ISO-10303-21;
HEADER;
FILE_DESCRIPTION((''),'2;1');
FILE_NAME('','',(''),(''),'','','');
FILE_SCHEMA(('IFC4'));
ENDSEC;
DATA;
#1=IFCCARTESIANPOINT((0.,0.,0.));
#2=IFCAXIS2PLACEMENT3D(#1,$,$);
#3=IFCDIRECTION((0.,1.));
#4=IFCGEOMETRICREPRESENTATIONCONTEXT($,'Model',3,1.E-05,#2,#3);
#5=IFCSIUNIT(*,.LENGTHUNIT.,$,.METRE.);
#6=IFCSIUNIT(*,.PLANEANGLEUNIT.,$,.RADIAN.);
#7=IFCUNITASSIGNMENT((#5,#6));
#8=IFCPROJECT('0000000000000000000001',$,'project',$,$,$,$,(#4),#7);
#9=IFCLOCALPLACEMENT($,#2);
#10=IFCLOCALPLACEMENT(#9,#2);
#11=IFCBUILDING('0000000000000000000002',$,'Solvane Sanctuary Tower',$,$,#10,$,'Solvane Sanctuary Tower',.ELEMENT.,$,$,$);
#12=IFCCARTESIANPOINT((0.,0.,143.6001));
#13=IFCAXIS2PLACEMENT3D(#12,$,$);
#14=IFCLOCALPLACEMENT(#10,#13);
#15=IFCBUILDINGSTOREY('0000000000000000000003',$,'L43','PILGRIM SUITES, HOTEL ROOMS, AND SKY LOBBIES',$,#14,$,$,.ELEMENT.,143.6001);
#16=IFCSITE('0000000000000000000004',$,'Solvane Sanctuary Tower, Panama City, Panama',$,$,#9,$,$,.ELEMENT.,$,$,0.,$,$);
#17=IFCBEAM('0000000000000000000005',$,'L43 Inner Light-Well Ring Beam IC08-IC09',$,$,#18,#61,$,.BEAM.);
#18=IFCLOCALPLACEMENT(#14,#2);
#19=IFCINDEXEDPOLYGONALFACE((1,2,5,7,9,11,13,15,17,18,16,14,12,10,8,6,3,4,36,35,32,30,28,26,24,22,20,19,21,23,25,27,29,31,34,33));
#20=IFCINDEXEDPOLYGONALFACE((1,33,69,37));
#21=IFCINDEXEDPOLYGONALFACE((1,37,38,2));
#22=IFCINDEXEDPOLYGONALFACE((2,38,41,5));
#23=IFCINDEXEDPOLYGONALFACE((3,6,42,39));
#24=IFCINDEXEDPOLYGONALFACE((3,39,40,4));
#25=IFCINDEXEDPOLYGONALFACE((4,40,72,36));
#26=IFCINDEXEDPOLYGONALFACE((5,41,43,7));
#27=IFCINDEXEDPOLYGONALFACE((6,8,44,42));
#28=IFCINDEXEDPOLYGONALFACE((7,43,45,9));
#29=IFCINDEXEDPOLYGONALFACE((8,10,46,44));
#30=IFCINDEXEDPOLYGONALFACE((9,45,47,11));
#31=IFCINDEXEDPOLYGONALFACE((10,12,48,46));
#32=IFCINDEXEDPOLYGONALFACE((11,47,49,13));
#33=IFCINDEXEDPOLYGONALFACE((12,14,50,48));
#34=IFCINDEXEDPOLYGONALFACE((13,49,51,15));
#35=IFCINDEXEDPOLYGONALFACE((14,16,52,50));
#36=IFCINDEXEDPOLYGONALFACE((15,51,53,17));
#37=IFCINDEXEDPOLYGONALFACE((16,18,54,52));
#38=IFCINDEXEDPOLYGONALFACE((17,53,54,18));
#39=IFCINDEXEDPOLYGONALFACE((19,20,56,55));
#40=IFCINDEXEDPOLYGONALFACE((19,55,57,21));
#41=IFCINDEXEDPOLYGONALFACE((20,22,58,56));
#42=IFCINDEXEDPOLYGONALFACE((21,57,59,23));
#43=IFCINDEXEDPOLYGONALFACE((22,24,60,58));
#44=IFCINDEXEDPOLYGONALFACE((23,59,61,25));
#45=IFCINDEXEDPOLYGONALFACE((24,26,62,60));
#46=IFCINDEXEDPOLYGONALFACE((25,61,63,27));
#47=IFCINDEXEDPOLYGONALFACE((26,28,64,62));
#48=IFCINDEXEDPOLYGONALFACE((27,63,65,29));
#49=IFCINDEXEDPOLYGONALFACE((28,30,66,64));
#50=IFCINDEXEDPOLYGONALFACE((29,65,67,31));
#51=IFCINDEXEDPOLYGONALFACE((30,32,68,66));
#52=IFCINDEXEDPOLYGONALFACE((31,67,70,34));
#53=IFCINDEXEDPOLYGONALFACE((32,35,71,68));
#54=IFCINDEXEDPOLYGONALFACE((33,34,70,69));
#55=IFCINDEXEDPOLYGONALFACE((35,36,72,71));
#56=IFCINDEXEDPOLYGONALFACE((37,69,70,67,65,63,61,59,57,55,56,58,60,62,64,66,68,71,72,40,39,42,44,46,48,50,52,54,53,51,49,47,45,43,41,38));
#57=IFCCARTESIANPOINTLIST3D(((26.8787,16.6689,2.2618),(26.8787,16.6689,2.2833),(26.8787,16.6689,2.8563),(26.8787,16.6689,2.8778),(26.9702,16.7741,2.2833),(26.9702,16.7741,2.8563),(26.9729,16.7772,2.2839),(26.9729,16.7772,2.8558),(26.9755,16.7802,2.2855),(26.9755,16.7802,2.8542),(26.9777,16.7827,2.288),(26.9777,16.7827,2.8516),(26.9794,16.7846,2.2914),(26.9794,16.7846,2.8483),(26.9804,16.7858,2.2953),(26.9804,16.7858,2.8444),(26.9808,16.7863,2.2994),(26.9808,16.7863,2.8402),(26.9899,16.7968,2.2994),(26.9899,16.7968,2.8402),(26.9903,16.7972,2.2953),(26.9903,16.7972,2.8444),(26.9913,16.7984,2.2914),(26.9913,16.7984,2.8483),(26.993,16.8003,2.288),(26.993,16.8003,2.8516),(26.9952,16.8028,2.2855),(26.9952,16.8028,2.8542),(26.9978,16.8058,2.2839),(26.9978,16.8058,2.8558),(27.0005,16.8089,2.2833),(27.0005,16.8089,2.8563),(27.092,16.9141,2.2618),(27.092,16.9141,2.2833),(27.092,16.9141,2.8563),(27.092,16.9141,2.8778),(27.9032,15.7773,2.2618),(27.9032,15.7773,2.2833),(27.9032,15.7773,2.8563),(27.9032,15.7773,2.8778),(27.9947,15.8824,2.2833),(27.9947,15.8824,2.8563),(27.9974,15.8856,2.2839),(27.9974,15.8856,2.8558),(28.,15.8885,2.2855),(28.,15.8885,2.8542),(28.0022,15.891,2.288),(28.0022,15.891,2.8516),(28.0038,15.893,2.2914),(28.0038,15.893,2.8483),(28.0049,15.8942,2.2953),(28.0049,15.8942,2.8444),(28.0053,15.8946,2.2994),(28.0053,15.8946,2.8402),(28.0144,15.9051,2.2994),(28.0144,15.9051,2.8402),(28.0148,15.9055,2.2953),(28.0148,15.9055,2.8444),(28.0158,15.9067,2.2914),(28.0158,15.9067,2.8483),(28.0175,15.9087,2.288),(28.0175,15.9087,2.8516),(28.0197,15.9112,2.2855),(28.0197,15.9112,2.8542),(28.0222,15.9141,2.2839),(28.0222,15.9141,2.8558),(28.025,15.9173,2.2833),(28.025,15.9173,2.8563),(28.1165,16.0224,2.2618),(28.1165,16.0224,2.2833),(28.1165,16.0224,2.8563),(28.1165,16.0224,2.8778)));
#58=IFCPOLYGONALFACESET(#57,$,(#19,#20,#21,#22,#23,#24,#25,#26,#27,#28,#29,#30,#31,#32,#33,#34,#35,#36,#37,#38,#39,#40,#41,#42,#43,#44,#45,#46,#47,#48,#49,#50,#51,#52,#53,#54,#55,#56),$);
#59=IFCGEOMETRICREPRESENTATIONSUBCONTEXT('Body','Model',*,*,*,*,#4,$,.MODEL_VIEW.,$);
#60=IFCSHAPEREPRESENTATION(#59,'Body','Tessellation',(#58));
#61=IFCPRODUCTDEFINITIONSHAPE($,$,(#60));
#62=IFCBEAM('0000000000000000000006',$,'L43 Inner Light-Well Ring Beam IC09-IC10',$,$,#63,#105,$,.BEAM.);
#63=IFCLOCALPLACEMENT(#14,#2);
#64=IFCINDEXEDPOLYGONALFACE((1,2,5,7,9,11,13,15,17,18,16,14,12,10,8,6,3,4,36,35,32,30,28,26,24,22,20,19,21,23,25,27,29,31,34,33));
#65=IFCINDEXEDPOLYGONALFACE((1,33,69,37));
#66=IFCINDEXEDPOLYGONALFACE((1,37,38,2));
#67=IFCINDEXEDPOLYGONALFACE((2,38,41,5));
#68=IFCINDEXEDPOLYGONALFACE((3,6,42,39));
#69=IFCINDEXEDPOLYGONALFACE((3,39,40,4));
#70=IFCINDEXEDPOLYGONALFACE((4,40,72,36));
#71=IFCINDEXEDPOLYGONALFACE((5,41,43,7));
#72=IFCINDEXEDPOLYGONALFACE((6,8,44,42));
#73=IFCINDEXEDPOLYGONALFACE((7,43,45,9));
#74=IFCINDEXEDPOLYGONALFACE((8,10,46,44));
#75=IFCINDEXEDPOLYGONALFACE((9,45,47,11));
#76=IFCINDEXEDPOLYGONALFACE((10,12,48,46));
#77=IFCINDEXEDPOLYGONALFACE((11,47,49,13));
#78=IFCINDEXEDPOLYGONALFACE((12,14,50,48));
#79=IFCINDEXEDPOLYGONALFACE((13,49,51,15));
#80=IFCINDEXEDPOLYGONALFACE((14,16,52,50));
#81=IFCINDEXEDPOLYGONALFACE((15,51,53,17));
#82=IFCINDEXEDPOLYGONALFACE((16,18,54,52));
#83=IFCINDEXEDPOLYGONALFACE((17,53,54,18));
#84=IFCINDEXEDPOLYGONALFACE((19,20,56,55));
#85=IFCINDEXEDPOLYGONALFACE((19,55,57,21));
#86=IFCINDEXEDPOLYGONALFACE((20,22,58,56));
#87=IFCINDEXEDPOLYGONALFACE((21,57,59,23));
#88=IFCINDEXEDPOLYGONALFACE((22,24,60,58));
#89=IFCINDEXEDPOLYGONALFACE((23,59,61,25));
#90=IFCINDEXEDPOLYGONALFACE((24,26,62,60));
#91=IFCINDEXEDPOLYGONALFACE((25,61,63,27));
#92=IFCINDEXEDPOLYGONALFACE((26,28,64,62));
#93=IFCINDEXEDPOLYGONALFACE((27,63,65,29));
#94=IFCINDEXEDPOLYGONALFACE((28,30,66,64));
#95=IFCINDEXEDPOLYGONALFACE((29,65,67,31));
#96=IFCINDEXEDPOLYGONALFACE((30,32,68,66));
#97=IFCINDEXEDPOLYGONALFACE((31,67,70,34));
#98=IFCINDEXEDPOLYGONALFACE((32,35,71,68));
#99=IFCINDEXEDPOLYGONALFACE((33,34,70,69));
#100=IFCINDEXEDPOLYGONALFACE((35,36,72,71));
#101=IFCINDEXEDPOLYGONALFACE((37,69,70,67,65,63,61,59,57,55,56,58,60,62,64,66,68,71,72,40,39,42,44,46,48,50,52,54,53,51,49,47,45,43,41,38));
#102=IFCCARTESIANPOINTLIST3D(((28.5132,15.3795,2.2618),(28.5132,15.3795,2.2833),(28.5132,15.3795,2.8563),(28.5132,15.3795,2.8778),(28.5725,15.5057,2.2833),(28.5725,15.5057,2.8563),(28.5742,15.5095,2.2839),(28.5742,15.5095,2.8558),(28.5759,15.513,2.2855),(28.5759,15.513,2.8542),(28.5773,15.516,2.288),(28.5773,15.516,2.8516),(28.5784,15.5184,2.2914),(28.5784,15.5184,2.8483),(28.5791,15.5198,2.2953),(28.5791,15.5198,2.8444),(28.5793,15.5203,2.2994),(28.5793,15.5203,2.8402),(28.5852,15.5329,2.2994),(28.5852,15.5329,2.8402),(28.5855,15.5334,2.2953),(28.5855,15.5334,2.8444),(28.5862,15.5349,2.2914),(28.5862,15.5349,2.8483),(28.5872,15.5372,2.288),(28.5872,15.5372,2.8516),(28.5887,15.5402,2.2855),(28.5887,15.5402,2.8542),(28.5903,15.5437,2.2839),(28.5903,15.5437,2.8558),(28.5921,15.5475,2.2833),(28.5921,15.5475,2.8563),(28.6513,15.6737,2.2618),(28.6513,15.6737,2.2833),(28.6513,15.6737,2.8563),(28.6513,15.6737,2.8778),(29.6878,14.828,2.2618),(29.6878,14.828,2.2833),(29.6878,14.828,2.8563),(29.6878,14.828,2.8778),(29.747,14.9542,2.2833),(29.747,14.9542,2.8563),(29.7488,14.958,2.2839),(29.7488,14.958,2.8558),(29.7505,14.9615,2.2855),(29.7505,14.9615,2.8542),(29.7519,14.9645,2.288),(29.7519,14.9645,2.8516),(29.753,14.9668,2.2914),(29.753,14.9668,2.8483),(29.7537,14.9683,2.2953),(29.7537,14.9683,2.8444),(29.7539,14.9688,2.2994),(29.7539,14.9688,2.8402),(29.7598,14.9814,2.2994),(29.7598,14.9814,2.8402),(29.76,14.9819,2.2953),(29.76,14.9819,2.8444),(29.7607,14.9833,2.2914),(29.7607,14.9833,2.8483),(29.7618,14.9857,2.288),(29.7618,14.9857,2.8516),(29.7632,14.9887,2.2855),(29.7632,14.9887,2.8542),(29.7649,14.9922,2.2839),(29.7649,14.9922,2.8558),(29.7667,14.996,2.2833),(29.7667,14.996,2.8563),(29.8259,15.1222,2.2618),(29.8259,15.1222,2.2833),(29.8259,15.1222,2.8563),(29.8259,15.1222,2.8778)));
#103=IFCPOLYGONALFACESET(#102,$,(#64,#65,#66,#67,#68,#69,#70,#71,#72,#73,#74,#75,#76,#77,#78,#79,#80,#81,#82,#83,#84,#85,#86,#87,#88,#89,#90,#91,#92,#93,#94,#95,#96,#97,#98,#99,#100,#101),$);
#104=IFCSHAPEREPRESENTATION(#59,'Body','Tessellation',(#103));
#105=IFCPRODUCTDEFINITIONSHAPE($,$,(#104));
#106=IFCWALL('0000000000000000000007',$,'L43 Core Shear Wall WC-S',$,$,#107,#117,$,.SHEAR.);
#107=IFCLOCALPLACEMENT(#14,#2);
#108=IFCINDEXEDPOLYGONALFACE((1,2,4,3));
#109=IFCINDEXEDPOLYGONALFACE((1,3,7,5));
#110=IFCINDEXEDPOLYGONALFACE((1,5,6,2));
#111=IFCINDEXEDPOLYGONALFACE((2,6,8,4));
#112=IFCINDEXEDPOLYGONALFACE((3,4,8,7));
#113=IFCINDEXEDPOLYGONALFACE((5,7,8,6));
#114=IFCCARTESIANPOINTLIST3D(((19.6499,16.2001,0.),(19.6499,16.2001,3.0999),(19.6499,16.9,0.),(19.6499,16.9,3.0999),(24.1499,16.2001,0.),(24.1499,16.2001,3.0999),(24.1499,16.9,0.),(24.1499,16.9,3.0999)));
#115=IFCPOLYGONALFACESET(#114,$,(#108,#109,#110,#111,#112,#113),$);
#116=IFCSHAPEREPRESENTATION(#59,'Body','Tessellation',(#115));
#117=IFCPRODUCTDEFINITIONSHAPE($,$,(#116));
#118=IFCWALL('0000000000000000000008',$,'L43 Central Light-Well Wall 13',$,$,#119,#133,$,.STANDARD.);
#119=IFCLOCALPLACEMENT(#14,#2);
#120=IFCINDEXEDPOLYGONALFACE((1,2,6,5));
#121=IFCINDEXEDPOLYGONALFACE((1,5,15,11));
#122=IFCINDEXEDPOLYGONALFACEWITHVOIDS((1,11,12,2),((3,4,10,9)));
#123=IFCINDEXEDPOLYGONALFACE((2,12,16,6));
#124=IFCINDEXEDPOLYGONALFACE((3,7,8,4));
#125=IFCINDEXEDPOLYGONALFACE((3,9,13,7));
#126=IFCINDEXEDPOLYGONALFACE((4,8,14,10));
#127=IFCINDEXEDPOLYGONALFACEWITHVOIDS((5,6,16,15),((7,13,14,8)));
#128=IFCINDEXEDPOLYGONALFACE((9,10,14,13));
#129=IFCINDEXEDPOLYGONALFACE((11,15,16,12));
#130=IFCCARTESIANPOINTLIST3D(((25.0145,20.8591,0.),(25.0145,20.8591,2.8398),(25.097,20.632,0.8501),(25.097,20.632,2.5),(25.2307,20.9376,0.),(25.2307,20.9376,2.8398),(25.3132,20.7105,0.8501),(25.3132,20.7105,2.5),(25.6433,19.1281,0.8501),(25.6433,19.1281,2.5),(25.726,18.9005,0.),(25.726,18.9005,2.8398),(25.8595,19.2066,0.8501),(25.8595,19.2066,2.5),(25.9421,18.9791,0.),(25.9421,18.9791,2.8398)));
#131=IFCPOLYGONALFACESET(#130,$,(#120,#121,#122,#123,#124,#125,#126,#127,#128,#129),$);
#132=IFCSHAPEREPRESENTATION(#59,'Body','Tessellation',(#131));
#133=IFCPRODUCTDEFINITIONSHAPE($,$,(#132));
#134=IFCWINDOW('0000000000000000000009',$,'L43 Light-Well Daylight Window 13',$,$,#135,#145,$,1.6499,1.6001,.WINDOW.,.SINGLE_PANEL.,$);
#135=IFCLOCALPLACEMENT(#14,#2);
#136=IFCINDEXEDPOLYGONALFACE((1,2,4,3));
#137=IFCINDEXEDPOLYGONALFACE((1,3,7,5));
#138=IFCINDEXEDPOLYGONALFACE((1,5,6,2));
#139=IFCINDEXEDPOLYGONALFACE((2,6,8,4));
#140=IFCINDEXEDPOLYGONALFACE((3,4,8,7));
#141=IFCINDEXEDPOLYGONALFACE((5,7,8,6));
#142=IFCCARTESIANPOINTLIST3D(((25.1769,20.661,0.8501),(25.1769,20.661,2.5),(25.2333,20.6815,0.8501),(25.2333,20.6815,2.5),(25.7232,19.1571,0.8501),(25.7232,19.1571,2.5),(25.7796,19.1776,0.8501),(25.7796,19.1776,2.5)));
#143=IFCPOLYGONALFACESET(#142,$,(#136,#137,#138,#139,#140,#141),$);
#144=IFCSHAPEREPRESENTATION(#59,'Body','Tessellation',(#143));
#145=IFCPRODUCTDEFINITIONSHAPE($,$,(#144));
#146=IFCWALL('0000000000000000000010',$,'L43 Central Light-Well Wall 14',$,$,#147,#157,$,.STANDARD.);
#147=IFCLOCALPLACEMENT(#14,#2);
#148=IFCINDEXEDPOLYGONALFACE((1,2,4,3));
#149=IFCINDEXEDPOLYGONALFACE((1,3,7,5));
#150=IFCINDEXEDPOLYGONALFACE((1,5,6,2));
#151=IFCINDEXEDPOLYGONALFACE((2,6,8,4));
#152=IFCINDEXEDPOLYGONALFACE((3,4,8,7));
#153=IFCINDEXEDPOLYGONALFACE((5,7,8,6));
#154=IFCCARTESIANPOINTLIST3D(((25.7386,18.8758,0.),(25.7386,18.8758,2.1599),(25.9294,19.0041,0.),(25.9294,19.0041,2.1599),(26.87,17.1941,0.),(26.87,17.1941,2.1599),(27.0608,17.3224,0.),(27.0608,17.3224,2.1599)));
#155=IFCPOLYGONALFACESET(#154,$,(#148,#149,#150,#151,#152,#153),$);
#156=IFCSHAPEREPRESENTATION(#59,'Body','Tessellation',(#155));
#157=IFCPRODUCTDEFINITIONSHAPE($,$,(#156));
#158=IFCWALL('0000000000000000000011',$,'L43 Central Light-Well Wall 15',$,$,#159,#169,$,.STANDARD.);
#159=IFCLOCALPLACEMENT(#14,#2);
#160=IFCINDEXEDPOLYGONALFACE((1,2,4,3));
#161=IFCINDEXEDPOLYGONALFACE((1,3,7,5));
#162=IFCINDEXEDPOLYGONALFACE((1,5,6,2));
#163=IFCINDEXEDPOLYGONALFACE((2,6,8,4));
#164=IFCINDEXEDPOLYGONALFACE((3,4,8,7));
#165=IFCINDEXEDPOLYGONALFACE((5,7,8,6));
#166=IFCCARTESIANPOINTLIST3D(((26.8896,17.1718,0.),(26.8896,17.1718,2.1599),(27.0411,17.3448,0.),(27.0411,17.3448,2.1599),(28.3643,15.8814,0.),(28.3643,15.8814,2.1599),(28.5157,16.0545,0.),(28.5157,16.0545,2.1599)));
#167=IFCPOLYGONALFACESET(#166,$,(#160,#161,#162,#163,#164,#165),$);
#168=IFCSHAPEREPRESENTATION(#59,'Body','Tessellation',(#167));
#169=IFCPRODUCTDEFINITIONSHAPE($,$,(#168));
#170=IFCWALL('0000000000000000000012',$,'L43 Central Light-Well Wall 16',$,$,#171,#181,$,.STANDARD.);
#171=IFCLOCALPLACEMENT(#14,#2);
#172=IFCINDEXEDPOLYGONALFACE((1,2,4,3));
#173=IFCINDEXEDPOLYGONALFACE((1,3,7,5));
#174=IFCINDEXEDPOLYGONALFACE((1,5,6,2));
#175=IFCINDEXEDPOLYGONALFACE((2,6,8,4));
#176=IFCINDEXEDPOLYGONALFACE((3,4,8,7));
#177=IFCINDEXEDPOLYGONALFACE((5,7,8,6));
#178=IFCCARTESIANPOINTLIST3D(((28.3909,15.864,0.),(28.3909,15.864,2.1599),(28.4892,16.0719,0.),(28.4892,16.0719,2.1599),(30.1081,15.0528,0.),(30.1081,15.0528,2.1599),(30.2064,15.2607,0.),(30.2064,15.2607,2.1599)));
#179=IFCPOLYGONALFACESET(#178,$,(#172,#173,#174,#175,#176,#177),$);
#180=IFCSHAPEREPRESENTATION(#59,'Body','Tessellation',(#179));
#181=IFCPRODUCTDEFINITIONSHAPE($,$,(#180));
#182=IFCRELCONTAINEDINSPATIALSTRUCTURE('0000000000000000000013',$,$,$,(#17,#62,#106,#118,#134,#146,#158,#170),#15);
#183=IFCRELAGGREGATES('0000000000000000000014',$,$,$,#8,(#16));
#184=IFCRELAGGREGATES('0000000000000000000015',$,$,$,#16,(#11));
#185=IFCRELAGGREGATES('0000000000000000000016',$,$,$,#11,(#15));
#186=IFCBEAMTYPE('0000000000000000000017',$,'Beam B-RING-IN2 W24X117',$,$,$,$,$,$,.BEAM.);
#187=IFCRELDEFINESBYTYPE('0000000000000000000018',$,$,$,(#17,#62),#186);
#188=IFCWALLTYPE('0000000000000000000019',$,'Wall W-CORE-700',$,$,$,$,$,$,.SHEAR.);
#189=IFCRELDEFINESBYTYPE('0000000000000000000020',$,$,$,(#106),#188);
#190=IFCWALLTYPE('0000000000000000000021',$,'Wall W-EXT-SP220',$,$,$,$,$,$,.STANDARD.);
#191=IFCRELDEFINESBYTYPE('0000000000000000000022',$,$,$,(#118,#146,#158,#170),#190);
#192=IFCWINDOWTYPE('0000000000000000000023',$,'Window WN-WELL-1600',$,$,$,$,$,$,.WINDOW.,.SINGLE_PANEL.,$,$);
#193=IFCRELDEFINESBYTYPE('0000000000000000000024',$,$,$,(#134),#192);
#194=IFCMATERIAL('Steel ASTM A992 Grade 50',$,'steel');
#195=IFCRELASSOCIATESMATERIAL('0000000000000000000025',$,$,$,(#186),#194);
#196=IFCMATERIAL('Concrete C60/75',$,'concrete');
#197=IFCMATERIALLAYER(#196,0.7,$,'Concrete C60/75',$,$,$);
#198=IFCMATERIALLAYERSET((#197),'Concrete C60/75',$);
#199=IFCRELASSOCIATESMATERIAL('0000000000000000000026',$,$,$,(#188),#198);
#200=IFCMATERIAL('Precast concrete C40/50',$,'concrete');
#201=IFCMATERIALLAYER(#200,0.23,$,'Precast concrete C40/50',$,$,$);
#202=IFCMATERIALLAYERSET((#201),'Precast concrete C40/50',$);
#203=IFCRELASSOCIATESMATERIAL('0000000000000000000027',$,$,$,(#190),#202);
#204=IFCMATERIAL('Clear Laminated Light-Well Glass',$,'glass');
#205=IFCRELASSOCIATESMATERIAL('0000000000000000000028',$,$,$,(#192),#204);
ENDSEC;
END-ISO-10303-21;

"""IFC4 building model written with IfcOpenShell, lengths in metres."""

from ifc_helpers import new_model, si_unit, direction, frame, frame_2d, origin, origin_2d, place, context, subcontext, project, spatial, rectangle, i_section, extrude, material, layer, layer_set, material_profile, profile_set, type_object, element, fill, save


model = new_model("IFC4")

# Units and contexts
model_context = context("Model", 3, precision=1e-05, world=origin(), true_north=direction((0.0, 1.0)))
body_context = subcontext(model_context, "Body", "Model", "MODEL_VIEW")
ifc_project = project(units=[si_unit("LENGTHUNIT", "METRE"), si_unit("PLANEANGLEUNIT", "RADIAN")], contexts=[model_context])

# Site, building, storey
site_placement = place(None, origin())
site = spatial("IfcSite", under=ifc_project, at=site_placement, Name="Solvane Sanctuary Tower, Panama City, Panama", CompositionType="ELEMENT", RefElevation=0.0)
building_placement = place(site_placement, origin())
building = spatial("IfcBuilding", under=site, at=building_placement, Name="Solvane Sanctuary Tower", LongName="Solvane Sanctuary Tower", CompositionType="ELEMENT")
storey_placement = place(building_placement, frame((0.0, 0.0, 143.6001)))
storey = spatial("IfcBuildingStorey", under=building, at=storey_placement, Name="L43", Description="PILGRIM SUITES, HOTEL ROOMS, AND SKY LOBBIES", CompositionType="ELEMENT", Elevation=143.6001)

# Beams
ifc_material_1 = material(Name="Steel ASTM A992 Grade 50", Category="steel")
ifc_material_profile_1 = material_profile(ifc_material_1, i_section(OverallWidth=0.325, OverallDepth=0.616, WebThickness=0.0139, FlangeThickness=0.0215, FilletRadius=0.0161, at=origin_2d()), Name="W24X117")
ifc_profile_set_1 = profile_set([ifc_material_profile_1], Name="Steel ASTM A992 Grade 50")
beam_type_1 = type_object("IfcBeamType", Name="Beam B-RING-IN2 W24X117", PredefinedType="BEAM", material=ifc_profile_set_1)
beam_1_placement = place(storey_placement, frame((26.9854, 16.7915, 2.5698), z_axis=(0.754311, -0.656517, 0.0), x_axis=(0.656517, 0.754311, 0.0)))
element("IfcBeam", 1, at=beam_1_placement, inside=storey, type_object=beam_type_1, Name="L43 Inner Light-Well Ring Beam IC08-IC09", PredefinedType="BEAM", context=body_context, shape_type="SweptSolid", body=[
    extrude(i_section(OverallWidth=0.325, OverallDepth=0.616, WebThickness=0.0139, FlangeThickness=0.0215, FilletRadius=0.0161, at=origin_2d()), origin(), (0.0, 0.0, 1.0), 1.3582),
])
beam_2_placement = place(storey_placement, frame((28.5823, 15.5266, 2.5698), z_axis=(0.905181, -0.425027, 0.0), x_axis=(0.425027, 0.905181, 0.0)))
element("IfcBeam", 2, at=beam_2_placement, inside=storey, type_object=beam_type_1, Name="L43 Inner Light-Well Ring Beam IC09-IC10", PredefinedType="BEAM", context=body_context, shape_type="SweptSolid", body=[
    extrude(i_section(OverallWidth=0.325, OverallDepth=0.616, WebThickness=0.0139, FlangeThickness=0.0215, FilletRadius=0.0161, at=origin_2d()), origin(), (0.0, 0.0, 1.0), 1.2976),
])

# Wall
ifc_material_2 = material(Name="Concrete C60/75", Category="concrete")
ifc_layer_1 = layer(ifc_material_2, 0.7, Name="Concrete C60/75")
ifc_layer_set_1 = layer_set([ifc_layer_1], Name="Concrete C60/75")
wall_type_1 = type_object("IfcWallType", Name="Wall W-CORE-700", PredefinedType="SHEAR", material=ifc_layer_set_1)
wall_1_placement = place(storey_placement, frame((19.6499, 16.55, 0.0), z_axis=(0.0, 0.0, 1.0), x_axis=(1.0, 0.0, 0.0)))
element("IfcWall", 3, at=wall_1_placement, inside=storey, type_object=wall_type_1, Name="L43 Core Shear Wall WC-S", PredefinedType="SHEAR", context=body_context, shape_type="SweptSolid", body=[
    extrude(rectangle(XDim=4.5, YDim=0.7, at=frame_2d((2.25, 0.0))), origin(), (0.0, 0.0, 1.0), 3.0999),
])

# Wall, opening, window
ifc_material_3 = material(Name="Precast concrete C40/50", Category="concrete")
ifc_layer_2 = layer(ifc_material_3, 0.23, Name="Precast concrete C40/50")
ifc_layer_set_2 = layer_set([ifc_layer_2], Name="Precast concrete C40/50")
wall_type_2 = type_object("IfcWallType", Name="Wall W-EXT-SP220", PredefinedType="STANDARD", material=ifc_layer_set_2)
wall_2_placement = place(storey_placement, frame((25.1226, 20.8984, 0.0), z_axis=(0.0, 0.0, 1.0), x_axis=(0.341423, -0.93991, 0.0)))
wall_2 = element("IfcWall", 4, at=wall_2_placement, inside=storey, type_object=wall_type_2, Name="L43 Central Light-Well Wall 13", PredefinedType="STANDARD", context=body_context, shape_type="SweptSolid", body=[
    extrude(rectangle(XDim=2.0837, YDim=0.23, at=frame_2d((1.042, 0.0))), origin(), (0.0, 0.0, 1.0), 2.8398),
])
opening_1_placement = place(wall_2_placement, frame((0.2417, 0.0, 0.8501)))
opening_1 = element("IfcOpeningElement", 5, at=opening_1_placement, cuts=wall_2, PredefinedType="OPENING", context=body_context, shape_type="SweptSolid", body=[
    extrude(rectangle(XDim=1.6001, YDim=1.6499, at=frame_2d((0.8, 0.825))), frame((0.0, 0.125, 0.0), z_axis=(0.0, -1.0, 0.0), x_axis=(1.0, 0.0, 0.0)), (0.0, 0.0, 1.0), 0.25),
])
ifc_material_4 = material(Name="Clear Laminated Light-Well Glass", Category="glass")
window_type = type_object("IfcWindowType", Name="Window WN-WELL-1600", PartitioningType="SINGLE_PANEL", PredefinedType="WINDOW", material=ifc_material_4)
window_placement = place(opening_1_placement, origin())
window = element("IfcWindow", 6, at=window_placement, inside=storey, type_object=window_type, Name="L43 Light-Well Daylight Window 13", OverallHeight=1.6499, OverallWidth=1.6001, PartitioningType="SINGLE_PANEL", PredefinedType="WINDOW", context=body_context, shape_type="SweptSolid", body=[
    extrude(rectangle(XDim=1.6001, YDim=1.6499, at=frame_2d((0.8, 0.825))), frame((0.0, 0.03, 0.0), z_axis=(0.0, -1.0, 0.0), x_axis=(1.0, 0.0, 0.0)), (0.0, 0.0, 1.0), 0.0601),
])
fill(opening_1, window)

# Walls
wall_3_placement = place(storey_placement, frame((25.834, 18.9399, 0.0), z_axis=(0.0, 0.0, 1.0), x_axis=(0.558198, -0.829708, 0.0)))
element("IfcWall", 7, at=wall_3_placement, inside=storey, type_object=wall_type_2, Name="L43 Central Light-Well Wall 14", PredefinedType="STANDARD", context=body_context, shape_type="SweptSolid", body=[
    extrude(rectangle(XDim=2.0269, YDim=0.23, at=frame_2d((1.0134, 0.0))), origin(), (0.0, 0.0, 1.0), 2.1599),
])
wall_4_placement = place(storey_placement, frame((26.9653, 17.2583, 0.0), z_axis=(0.0, 0.0, 1.0), x_axis=(0.752577, -0.658505, 0.0)))
element("IfcWall", 8, at=wall_4_placement, inside=storey, type_object=wall_type_2, Name="L43 Central Light-Well Wall 15", PredefinedType="STANDARD", context=body_context, shape_type="SweptSolid", body=[
    extrude(rectangle(XDim=1.9595, YDim=0.23, at=frame_2d((0.9797, 0.0))), origin(), (0.0, 0.0, 1.0), 2.1599),
])
wall_5_placement = place(storey_placement, frame((28.4399, 15.968, 0.0), z_axis=(0.0, 0.0, 1.0), x_axis=(0.90418, -0.427152, 0.0)))
element("IfcWall", 9, at=wall_5_placement, inside=storey, type_object=wall_type_2, Name="L43 Central Light-Well Wall 16", PredefinedType="STANDARD", context=body_context, shape_type="SweptSolid", body=[
    extrude(rectangle(XDim=1.8992, YDim=0.23, at=frame_2d((0.9497, 0.0))), origin(), (0.0, 0.0, 1.0), 2.1599),
])

save(model, "model.ifc")
